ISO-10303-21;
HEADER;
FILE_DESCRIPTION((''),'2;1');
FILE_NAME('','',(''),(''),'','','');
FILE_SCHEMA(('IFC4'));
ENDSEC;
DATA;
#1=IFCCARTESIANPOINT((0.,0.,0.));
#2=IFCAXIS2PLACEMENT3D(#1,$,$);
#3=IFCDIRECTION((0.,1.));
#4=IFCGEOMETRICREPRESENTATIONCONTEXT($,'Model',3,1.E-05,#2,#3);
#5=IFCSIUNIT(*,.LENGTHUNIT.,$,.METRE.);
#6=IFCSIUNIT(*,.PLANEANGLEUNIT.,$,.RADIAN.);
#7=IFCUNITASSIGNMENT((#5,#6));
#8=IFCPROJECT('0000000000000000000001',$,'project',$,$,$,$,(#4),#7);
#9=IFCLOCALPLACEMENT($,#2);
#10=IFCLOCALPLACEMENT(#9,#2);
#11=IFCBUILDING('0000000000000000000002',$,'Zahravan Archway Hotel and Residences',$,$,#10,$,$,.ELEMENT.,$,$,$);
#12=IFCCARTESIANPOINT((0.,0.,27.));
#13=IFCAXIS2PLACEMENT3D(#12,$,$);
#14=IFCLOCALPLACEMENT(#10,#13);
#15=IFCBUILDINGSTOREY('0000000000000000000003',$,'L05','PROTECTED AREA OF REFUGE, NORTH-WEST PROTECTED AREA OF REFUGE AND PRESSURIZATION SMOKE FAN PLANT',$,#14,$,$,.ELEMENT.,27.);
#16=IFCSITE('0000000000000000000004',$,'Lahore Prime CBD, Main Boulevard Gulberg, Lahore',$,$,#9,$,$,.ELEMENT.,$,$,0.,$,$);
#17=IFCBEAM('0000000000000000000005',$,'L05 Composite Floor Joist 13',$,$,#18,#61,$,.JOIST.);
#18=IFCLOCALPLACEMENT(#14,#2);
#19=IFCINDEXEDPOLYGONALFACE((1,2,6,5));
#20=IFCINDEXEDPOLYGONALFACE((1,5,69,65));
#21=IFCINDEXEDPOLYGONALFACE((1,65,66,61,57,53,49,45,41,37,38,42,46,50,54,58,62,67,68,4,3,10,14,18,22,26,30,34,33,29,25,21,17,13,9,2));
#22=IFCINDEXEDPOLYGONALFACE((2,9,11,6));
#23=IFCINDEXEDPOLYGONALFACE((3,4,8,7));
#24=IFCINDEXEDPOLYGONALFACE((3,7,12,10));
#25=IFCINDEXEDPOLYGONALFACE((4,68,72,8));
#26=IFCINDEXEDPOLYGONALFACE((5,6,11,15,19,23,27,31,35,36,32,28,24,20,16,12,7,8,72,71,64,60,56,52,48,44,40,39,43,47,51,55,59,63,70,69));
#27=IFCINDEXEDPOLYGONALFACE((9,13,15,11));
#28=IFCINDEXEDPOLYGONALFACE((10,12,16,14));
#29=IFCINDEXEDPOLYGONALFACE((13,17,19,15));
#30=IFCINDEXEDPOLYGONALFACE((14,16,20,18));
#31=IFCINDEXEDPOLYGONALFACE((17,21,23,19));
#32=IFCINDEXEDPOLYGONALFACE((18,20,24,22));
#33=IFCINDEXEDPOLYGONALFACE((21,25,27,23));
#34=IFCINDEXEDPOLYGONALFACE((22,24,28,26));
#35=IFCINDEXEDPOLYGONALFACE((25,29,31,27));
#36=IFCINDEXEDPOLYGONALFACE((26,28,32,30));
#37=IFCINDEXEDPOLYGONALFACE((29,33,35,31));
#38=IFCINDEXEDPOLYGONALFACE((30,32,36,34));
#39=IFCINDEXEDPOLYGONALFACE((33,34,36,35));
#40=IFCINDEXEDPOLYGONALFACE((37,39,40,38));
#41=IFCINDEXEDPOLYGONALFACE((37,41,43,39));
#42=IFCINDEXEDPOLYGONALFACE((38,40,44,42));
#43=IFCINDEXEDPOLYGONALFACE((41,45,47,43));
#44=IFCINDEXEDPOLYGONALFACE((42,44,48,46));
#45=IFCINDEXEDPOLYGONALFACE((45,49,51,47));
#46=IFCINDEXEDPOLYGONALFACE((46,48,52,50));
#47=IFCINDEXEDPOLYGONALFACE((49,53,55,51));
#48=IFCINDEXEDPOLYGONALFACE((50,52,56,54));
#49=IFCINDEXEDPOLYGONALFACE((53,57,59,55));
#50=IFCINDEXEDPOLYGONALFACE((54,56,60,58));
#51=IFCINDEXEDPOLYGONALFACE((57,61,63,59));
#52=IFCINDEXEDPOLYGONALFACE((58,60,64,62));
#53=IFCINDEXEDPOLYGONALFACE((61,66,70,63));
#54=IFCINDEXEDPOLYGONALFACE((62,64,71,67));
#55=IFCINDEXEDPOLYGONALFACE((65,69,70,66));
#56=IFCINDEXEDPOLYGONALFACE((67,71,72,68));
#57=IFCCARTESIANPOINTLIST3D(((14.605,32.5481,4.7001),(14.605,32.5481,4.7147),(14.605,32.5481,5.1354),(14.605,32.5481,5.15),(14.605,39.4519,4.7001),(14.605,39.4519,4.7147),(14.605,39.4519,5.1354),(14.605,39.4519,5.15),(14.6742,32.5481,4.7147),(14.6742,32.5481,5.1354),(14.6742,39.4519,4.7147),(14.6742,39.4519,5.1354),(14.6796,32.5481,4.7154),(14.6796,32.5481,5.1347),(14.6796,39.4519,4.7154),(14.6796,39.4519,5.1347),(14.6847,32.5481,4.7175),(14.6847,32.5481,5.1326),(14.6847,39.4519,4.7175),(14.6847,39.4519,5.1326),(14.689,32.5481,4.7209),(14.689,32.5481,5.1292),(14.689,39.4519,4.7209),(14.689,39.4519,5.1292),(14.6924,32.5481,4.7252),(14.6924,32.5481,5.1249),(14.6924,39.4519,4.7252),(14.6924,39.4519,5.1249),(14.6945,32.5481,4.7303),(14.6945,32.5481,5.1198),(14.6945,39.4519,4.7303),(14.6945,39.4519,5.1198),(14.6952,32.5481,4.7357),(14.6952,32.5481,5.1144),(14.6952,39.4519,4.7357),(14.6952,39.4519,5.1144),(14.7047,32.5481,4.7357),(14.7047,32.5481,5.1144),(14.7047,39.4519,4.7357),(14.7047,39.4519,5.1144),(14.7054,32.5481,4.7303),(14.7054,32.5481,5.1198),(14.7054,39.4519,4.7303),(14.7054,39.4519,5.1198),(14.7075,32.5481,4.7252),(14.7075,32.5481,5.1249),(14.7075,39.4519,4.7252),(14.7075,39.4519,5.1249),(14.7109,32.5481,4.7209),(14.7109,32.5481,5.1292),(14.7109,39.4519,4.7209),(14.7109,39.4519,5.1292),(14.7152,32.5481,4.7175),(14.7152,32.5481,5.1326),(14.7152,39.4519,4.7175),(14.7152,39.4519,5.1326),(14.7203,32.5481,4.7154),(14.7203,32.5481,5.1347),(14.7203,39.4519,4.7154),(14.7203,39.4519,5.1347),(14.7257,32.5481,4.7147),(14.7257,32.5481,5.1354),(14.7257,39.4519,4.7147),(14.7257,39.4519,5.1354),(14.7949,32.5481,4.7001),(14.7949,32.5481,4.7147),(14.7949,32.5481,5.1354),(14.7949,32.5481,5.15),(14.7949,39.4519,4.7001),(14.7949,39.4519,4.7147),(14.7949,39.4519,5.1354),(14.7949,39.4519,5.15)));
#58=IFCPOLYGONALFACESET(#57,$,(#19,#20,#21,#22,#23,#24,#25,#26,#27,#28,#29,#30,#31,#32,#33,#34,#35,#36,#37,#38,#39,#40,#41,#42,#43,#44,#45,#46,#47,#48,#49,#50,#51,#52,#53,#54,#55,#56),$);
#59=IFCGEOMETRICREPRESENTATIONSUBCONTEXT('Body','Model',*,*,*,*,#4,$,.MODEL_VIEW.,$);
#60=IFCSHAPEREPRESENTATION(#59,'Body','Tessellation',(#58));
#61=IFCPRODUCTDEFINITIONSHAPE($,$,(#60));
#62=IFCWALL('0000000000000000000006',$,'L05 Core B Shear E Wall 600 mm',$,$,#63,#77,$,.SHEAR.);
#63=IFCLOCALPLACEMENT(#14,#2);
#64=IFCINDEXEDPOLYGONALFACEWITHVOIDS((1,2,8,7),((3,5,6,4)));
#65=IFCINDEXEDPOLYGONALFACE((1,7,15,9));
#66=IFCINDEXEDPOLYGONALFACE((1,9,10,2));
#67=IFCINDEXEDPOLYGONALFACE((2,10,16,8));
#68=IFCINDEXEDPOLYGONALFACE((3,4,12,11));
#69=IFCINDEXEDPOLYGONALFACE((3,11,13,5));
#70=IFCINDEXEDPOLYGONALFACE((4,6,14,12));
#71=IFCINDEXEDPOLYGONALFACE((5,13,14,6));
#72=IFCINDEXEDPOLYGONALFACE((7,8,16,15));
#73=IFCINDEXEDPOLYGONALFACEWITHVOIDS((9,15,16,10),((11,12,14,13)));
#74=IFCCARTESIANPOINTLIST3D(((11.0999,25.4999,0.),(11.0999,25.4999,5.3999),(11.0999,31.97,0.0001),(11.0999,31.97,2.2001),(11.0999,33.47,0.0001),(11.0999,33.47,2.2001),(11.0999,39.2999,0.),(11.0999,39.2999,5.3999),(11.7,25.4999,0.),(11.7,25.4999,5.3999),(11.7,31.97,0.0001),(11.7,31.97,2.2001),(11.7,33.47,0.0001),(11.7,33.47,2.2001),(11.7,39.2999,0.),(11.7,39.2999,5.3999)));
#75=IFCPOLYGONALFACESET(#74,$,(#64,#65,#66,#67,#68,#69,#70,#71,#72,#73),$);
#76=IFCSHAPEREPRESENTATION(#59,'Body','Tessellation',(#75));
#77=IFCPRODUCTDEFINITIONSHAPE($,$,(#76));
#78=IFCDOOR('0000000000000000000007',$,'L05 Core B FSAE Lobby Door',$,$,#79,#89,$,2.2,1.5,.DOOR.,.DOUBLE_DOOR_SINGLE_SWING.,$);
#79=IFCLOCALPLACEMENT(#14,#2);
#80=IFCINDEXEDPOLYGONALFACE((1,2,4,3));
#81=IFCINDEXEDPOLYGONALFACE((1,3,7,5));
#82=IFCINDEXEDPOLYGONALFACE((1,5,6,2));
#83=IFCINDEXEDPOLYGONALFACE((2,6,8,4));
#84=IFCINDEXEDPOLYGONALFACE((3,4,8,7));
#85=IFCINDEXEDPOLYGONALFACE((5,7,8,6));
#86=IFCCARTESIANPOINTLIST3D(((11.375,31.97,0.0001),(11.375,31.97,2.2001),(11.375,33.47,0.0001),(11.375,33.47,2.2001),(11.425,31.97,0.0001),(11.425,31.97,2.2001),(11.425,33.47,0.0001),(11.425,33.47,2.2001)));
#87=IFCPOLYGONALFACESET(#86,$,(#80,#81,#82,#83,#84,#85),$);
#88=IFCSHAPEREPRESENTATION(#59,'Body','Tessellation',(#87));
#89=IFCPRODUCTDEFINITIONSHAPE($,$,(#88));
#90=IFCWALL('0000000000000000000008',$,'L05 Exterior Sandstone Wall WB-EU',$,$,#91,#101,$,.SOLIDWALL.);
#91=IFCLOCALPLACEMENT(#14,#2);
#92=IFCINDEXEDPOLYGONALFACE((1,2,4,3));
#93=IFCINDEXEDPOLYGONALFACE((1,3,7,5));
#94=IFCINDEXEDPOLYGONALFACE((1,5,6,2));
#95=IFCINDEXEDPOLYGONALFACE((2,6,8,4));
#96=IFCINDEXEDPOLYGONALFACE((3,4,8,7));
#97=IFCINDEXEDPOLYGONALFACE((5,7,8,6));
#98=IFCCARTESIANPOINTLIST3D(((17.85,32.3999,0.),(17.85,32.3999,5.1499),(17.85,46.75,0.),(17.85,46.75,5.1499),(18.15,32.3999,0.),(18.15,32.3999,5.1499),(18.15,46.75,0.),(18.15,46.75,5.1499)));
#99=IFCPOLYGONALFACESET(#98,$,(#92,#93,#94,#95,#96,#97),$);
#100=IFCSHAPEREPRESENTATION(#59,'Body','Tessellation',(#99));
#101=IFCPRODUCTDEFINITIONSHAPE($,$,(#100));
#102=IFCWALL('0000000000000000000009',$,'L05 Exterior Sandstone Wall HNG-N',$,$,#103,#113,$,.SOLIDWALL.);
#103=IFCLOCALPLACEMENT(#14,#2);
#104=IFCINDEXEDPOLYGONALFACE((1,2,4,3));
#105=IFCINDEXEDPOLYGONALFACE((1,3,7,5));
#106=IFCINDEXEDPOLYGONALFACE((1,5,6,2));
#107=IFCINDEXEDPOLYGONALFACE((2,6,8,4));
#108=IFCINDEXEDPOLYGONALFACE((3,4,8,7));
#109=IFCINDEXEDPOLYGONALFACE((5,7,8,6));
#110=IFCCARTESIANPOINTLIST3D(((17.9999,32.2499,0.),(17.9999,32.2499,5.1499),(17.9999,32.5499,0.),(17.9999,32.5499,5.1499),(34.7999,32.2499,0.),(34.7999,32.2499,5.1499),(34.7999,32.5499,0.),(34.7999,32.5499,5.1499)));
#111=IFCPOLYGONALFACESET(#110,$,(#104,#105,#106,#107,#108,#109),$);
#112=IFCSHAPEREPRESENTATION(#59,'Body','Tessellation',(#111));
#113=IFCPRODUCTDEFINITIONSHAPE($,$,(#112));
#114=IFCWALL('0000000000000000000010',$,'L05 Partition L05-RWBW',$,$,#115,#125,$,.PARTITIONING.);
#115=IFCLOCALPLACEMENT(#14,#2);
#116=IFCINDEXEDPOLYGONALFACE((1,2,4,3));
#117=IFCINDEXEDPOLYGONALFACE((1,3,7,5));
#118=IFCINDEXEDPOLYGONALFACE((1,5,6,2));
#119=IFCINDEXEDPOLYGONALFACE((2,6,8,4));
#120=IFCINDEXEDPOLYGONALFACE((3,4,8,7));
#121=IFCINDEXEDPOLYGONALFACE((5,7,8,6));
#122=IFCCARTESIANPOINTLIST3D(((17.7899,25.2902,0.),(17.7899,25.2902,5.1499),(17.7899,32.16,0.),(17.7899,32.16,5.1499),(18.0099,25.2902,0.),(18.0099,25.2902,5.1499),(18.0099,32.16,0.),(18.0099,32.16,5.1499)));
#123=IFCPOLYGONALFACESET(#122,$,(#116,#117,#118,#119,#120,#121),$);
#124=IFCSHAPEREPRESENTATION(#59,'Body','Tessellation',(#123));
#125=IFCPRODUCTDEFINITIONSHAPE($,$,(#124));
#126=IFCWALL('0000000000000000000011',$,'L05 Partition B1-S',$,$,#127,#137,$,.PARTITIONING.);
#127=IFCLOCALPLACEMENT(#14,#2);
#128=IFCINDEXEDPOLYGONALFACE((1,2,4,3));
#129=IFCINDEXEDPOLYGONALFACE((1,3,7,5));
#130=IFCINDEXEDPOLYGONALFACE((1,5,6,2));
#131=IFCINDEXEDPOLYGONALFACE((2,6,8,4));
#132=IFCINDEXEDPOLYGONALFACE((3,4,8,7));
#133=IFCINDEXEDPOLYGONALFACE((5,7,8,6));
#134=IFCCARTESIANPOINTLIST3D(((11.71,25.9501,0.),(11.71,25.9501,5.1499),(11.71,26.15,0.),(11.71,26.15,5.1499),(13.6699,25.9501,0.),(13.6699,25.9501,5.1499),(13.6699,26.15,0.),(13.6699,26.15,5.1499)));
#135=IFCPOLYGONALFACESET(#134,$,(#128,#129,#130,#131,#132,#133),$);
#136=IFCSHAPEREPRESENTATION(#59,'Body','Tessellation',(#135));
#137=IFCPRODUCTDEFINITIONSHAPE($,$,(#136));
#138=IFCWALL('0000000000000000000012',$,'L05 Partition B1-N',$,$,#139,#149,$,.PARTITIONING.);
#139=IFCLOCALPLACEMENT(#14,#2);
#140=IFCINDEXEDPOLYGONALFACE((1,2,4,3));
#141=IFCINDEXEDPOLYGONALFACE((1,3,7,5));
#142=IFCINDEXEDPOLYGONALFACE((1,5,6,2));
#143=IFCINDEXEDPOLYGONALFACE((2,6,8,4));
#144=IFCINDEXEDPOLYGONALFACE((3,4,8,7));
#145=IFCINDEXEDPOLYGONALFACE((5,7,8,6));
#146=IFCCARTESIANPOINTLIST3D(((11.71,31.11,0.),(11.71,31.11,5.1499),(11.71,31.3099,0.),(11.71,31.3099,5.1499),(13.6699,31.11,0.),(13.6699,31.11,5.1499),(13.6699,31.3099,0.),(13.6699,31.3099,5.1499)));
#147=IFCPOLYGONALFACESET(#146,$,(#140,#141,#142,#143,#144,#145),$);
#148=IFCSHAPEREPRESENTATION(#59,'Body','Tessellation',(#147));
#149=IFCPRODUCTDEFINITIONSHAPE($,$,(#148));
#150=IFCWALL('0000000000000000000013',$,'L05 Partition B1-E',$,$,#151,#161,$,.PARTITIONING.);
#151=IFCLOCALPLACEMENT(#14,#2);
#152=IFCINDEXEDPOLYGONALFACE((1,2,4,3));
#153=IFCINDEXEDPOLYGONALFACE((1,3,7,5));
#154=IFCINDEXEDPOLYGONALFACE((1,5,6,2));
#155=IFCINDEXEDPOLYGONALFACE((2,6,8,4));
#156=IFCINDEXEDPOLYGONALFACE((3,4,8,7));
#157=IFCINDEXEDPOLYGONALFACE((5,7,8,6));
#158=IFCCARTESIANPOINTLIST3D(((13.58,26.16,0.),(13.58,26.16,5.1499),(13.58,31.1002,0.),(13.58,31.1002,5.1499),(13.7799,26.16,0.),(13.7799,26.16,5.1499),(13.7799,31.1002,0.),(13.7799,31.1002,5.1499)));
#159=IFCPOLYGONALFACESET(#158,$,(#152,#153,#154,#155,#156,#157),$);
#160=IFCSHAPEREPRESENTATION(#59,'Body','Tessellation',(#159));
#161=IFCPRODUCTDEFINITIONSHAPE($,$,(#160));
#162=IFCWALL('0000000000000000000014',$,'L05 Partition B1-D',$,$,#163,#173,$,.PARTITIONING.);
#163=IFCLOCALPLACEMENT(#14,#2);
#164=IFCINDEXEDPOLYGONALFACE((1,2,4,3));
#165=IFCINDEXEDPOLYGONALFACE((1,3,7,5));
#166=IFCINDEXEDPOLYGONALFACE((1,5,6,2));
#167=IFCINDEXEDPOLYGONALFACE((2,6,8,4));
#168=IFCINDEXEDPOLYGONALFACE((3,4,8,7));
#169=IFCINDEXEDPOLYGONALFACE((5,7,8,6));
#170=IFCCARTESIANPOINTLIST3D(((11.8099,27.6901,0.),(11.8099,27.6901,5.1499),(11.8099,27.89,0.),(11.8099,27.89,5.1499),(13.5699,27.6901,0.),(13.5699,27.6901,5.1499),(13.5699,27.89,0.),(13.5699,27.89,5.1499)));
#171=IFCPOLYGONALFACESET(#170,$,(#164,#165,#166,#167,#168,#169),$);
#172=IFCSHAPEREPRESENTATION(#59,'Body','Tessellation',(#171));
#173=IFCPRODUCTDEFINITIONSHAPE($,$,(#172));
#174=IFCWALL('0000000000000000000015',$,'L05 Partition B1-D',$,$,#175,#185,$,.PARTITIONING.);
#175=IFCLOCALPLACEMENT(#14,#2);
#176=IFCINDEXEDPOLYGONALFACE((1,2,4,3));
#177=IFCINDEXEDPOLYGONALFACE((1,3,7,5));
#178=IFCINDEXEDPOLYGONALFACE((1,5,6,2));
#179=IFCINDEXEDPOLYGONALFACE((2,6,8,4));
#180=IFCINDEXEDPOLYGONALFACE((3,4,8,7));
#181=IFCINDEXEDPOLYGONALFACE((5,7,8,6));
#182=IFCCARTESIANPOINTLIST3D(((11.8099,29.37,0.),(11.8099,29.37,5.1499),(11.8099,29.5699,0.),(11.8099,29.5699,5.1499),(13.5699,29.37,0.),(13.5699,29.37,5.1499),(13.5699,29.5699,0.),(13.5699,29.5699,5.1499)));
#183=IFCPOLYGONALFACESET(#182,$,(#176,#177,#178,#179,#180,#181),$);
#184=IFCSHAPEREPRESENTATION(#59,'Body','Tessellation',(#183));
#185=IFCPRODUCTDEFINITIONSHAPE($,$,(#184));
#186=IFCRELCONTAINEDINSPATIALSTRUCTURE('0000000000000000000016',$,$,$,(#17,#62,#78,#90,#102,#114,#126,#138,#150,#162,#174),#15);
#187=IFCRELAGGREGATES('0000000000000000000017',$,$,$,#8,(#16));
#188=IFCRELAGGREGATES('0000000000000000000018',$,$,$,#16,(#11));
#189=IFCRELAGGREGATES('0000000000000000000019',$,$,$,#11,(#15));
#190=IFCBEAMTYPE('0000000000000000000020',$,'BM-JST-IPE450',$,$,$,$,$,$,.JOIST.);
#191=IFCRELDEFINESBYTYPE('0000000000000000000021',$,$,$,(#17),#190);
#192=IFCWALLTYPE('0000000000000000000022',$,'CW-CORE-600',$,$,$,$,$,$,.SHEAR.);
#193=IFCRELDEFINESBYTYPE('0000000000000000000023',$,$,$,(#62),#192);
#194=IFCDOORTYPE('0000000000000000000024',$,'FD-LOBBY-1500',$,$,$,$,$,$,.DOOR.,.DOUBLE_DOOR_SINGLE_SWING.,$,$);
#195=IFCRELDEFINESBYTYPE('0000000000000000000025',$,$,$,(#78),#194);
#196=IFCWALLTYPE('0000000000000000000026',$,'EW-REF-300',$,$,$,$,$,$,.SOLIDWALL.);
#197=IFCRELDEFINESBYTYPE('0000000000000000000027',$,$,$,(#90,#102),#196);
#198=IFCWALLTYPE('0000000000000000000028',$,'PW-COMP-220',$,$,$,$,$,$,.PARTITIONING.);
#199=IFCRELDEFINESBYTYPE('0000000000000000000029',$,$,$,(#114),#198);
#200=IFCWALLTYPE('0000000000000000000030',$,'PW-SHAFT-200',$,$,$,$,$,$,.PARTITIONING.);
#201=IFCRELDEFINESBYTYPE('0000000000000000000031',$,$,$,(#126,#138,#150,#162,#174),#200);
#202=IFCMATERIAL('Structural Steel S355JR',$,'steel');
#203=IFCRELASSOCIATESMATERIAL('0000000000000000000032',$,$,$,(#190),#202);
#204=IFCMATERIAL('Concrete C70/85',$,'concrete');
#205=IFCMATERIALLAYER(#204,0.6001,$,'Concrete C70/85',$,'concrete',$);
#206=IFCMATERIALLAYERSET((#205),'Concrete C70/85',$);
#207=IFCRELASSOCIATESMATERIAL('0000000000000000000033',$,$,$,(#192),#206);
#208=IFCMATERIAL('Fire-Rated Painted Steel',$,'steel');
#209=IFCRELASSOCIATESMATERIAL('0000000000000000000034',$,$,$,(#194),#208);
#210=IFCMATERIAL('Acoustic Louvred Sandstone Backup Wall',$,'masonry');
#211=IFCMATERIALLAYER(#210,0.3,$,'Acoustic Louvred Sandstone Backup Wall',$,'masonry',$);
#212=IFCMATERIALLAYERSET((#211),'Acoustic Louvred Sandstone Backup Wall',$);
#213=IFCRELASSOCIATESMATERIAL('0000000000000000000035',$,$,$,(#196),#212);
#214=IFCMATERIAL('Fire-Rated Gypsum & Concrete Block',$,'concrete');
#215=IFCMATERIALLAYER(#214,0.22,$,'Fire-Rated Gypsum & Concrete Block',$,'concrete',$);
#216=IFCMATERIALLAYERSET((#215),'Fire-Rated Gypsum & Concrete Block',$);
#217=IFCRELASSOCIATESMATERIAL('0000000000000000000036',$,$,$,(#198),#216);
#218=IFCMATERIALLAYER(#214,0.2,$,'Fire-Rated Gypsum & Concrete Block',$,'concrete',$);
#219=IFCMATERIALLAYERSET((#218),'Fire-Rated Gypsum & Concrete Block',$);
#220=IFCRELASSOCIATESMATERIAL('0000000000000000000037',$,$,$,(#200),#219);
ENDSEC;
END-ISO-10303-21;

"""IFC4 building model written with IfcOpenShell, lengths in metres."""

from ifc_helpers import new_model, si_unit, direction, frame, frame_2d, origin, origin_2d, place, context, subcontext, project, spatial, rectangle, i_section, extrude, source, transform, mapped, material, layer, layer_set, material_profile, profile_set, type_object, type_shapes, element, fill, save


model = new_model("IFC4")

# Units and contexts
model_context = context("Model", 3, precision=1e-05, world=origin(), true_north=direction((0.0, 1.0)))
body_context = subcontext(model_context, "Body", "Model", "MODEL_VIEW")
ifc_project = project(units=[si_unit("LENGTHUNIT", "METRE"), si_unit("PLANEANGLEUNIT", "RADIAN")], contexts=[model_context])

# Site, building, storey
site_placement = place(None, origin())
site = spatial("IfcSite", under=ifc_project, at=site_placement, Name="Lahore Prime CBD, Main Boulevard Gulberg, Lahore", CompositionType="ELEMENT", RefElevation=0.0)
building_placement = place(site_placement, origin())
building = spatial("IfcBuilding", under=site, at=building_placement, Name="Zahravan Archway Hotel and Residences", CompositionType="ELEMENT")
storey_placement = place(building_placement, frame((0.0, 0.0, 27.0)))
storey = spatial("IfcBuildingStorey", under=building, at=storey_placement, Name="L05", Description="PROTECTED AREA OF REFUGE, NORTH-WEST PROTECTED AREA OF REFUGE AND PRESSURIZATION SMOKE FAN PLANT", CompositionType="ELEMENT", Elevation=27.0)

# Shared definitions
ifc_material_1 = material(Name="Concrete C70/85", Category="concrete")

# Beam
ifc_material_2 = material(Name="Structural Steel S355JR", Category="steel")
ifc_material_profile_1 = material_profile(ifc_material_2, i_section(OverallWidth=0.1899, OverallDepth=0.45, WebThickness=0.0095, FlangeThickness=0.0146, FilletRadius=0.021, at=origin_2d()), Name="IPE 450", Category="steel")
ifc_profile_set_1 = profile_set([ifc_material_profile_1], Name="Structural Steel S355JR")
beam_type_1 = type_object("IfcBeamType", Name="BM-JST-IPE450", PredefinedType="JOIST", material=ifc_profile_set_1)
shared_shape_1 = source(origin(), body_context, "Body", "SweptSolid", [
    extrude(i_section(OverallWidth=0.1899, OverallDepth=0.45, WebThickness=0.0095, FlangeThickness=0.0146, FilletRadius=0.021, at=origin_2d()), origin(), (0.0, 0.0, 1.0), 6.9038),
])
beam_1_placement = place(storey_placement, frame((14.7, 32.5481, 4.925), z_axis=(0.0, 1.0, 0.0), x_axis=(-1.0, 0.0, 0.0)))
element("IfcBeam", 1, at=beam_1_placement, inside=storey, type_object=beam_type_1, Name="L05 Composite Floor Joist 13", PredefinedType="JOIST", context=body_context, shape_type="MappedRepresentation", body=[
    mapped(shared_shape_1, transform((0.0, 0.0, 0.0), scale=1.0)),
])

# Wall, opening, door
ifc_layer_1 = layer(ifc_material_1, 0.6001, Name="Concrete C70/85", Category="concrete")
ifc_layer_set_1 = layer_set([ifc_layer_1], Name="Concrete C70/85")
wall_type_1 = type_object("IfcWallType", Name="CW-CORE-600", PredefinedType="SHEAR", material=ifc_layer_set_1)
wall_1_placement = place(storey_placement, frame((11.3999, 25.5, 0.0), z_axis=(0.0, 0.0, 1.0), x_axis=(0.0, 1.0, 0.0)))
wall_1 = element("IfcWall", 2, at=wall_1_placement, inside=storey, type_object=wall_type_1, Name="L05 Core B Shear E Wall 600 mm", PredefinedType="SHEAR", context=body_context, shape_type="SweptSolid", body=[
    extrude(rectangle(XDim=13.8, YDim=0.6001, at=frame_2d((6.8999, 0.0))), origin(), (0.0, 0.0, 1.0), 5.3999),
])
opening_placement = place(wall_1_placement, frame((6.47, 0.0, 0.0)))
opening = element("IfcOpeningElement", 3, at=opening_placement, cuts=wall_1, PredefinedType="OPENING", context=body_context, shape_type="SweptSolid", body=[
    extrude(rectangle(XDim=1.5, YDim=2.2, at=frame_2d((0.75, 1.1001))), frame((0.0, 0.3101, 0.0), z_axis=(0.0, -1.0, 0.0), x_axis=(1.0, 0.0, 0.0)), (0.0, 0.0, 1.0), 0.6201),
])
ifc_material_3 = material(Name="Fire-Rated Painted Steel", Category="steel")
door_type = type_object("IfcDoorType", Name="FD-LOBBY-1500", OperationType="DOUBLE_DOOR_SINGLE_SWING", PredefinedType="DOOR", material=ifc_material_3)
shared_shape_2 = source(origin(), body_context, "Body", "SweptSolid", [
    extrude(rectangle(XDim=1.5, YDim=2.2, at=frame_2d((0.75, 1.1001))), frame((0.0, 0.0249, 0.0), z_axis=(0.0, -1.0, 0.0), x_axis=(1.0, 0.0, 0.0)), (0.0, 0.0, 1.0), 0.05),
])
type_shapes(door_type, [shared_shape_2])
door_placement = place(opening_placement, origin())
door = element("IfcDoor", 4, at=door_placement, inside=storey, type_object=door_type, Name="L05 Core B FSAE Lobby Door", OperationType="DOUBLE_DOOR_SINGLE_SWING", OverallHeight=2.2, OverallWidth=1.5, PredefinedType="DOOR", context=body_context, shape_type="MappedRepresentation", body=[
    mapped(shared_shape_2, transform((0.0, 0.0, 0.0), scale=1.0)),
])
fill(opening, door)

# Walls
ifc_material_4 = material(Name="Acoustic Louvred Sandstone Backup Wall", Category="masonry")
ifc_layer_2 = layer(ifc_material_4, 0.3, Name="Acoustic Louvred Sandstone Backup Wall", Category="masonry")
ifc_layer_set_2 = layer_set([ifc_layer_2], Name="Acoustic Louvred Sandstone Backup Wall")
wall_type_2 = type_object("IfcWallType", Name="EW-REF-300", PredefinedType="SOLIDWALL", material=ifc_layer_set_2)
wall_2_placement = place(storey_placement, frame((18.0, 32.3999, 0.0), z_axis=(0.0, 0.0, 1.0), x_axis=(0.0, 1.0, 0.0)))
element("IfcWall", 5, at=wall_2_placement, inside=storey, type_object=wall_type_2, Name="L05 Exterior Sandstone Wall WB-EU", PredefinedType="SOLIDWALL", context=body_context, shape_type="SweptSolid", body=[
    extrude(rectangle(XDim=14.3501, YDim=0.3, at=frame_2d((7.175, 0.0))), origin(), (0.0, 0.0, 1.0), 5.1499),
])
wall_3_placement = place(storey_placement, frame((18.0, 32.3999, 0.0), z_axis=(0.0, 0.0, 1.0), x_axis=(1.0, 0.0, 0.0)))
element("IfcWall", 6, at=wall_3_placement, inside=storey, type_object=wall_type_2, Name="L05 Exterior Sandstone Wall HNG-N", PredefinedType="SOLIDWALL", context=body_context, shape_type="SweptSolid", body=[
    extrude(rectangle(XDim=16.8, YDim=0.3, at=frame_2d((8.3999, 0.0))), origin(), (0.0, 0.0, 1.0), 5.1499),
])
ifc_material_5 = material(Name="Fire-Rated Gypsum & Concrete Block", Category="concrete")
ifc_layer_3 = layer(ifc_material_5, 0.22, Name="Fire-Rated Gypsum & Concrete Block", Category="concrete")
ifc_layer_set_3 = layer_set([ifc_layer_3], Name="Fire-Rated Gypsum & Concrete Block")
wall_type_3 = type_object("IfcWallType", Name="PW-COMP-220", PredefinedType="PARTITIONING", material=ifc_layer_set_3)
wall_4_placement = place(storey_placement, frame((17.8999, 25.29, 0.0), z_axis=(0.0, 0.0, 1.0), x_axis=(0.0, 1.0, 0.0)))
element("IfcWall", 7, at=wall_4_placement, inside=storey, type_object=wall_type_3, Name="L05 Partition L05-RWBW", PredefinedType="PARTITIONING", context=body_context, shape_type="SweptSolid", body=[
    extrude(rectangle(XDim=6.8699, YDim=0.22, at=frame_2d((3.4351, 0.0))), origin(), (0.0, 0.0, 1.0), 5.1499),
])
ifc_layer_4 = layer(ifc_material_5, 0.2, Name="Fire-Rated Gypsum & Concrete Block", Category="concrete")
ifc_layer_set_4 = layer_set([ifc_layer_4], Name="Fire-Rated Gypsum & Concrete Block")
wall_type_4 = type_object("IfcWallType", Name="PW-SHAFT-200", PredefinedType="PARTITIONING", material=ifc_layer_set_4)
for number, where, z_axis, x_axis, name in (
    (8, (11.71, 26.05, 0.0), (0.0, 0.0, 1.0), (1.0, 0.0, 0.0), "L05 Partition B1-S"),
    (9, (11.71, 31.21, 0.0), (0.0, 0.0, 1.0), (1.0, 0.0, 0.0), "L05 Partition B1-N"),
):
    element("IfcWall", number, at=place(storey_placement, frame(where, z_axis=z_axis, x_axis=x_axis)), inside=storey, type_object=wall_type_4, Name=name, PredefinedType="PARTITIONING", context=body_context, shape_type="SweptSolid", body=[
        extrude(rectangle(XDim=1.96, YDim=0.2, at=frame_2d((0.98, 0.0))), origin(), (0.0, 0.0, 1.0), 5.1499),
    ])
wall_5_placement = place(storey_placement, frame((13.6799, 26.1599, 0.0), z_axis=(0.0, 0.0, 1.0), x_axis=(0.0, 1.0, 0.0)))
element("IfcWall", 10, at=wall_5_placement, inside=storey, type_object=wall_type_4, Name="L05 Partition B1-E", PredefinedType="PARTITIONING", context=body_context, shape_type="SweptSolid", body=[
    extrude(rectangle(XDim=4.9402, YDim=0.2, at=frame_2d((2.4702, 0.0))), origin(), (0.0, 0.0, 1.0), 5.1499),
])
for number, where, z_axis, x_axis, name in (
    (11, (11.8101, 27.79, 0.0), (0.0, 0.0, 1.0), (1.0, 0.0, 0.0), "L05 Partition B1-D"),
    (12, (11.8101, 29.47, 0.0), (0.0, 0.0, 1.0), (1.0, 0.0, 0.0), "L05 Partition B1-D"),
):
    element("IfcWall", number, at=place(storey_placement, frame(where, z_axis=z_axis, x_axis=x_axis)), inside=storey, type_object=wall_type_4, Name=name, PredefinedType="PARTITIONING", context=body_context, shape_type="SweptSolid", body=[
        extrude(rectangle(XDim=1.76, YDim=0.2, at=frame_2d((0.8799, 0.0))), origin(), (0.0, 0.0, 1.0), 5.1499),
    ])

save(model, "model.ifc")
